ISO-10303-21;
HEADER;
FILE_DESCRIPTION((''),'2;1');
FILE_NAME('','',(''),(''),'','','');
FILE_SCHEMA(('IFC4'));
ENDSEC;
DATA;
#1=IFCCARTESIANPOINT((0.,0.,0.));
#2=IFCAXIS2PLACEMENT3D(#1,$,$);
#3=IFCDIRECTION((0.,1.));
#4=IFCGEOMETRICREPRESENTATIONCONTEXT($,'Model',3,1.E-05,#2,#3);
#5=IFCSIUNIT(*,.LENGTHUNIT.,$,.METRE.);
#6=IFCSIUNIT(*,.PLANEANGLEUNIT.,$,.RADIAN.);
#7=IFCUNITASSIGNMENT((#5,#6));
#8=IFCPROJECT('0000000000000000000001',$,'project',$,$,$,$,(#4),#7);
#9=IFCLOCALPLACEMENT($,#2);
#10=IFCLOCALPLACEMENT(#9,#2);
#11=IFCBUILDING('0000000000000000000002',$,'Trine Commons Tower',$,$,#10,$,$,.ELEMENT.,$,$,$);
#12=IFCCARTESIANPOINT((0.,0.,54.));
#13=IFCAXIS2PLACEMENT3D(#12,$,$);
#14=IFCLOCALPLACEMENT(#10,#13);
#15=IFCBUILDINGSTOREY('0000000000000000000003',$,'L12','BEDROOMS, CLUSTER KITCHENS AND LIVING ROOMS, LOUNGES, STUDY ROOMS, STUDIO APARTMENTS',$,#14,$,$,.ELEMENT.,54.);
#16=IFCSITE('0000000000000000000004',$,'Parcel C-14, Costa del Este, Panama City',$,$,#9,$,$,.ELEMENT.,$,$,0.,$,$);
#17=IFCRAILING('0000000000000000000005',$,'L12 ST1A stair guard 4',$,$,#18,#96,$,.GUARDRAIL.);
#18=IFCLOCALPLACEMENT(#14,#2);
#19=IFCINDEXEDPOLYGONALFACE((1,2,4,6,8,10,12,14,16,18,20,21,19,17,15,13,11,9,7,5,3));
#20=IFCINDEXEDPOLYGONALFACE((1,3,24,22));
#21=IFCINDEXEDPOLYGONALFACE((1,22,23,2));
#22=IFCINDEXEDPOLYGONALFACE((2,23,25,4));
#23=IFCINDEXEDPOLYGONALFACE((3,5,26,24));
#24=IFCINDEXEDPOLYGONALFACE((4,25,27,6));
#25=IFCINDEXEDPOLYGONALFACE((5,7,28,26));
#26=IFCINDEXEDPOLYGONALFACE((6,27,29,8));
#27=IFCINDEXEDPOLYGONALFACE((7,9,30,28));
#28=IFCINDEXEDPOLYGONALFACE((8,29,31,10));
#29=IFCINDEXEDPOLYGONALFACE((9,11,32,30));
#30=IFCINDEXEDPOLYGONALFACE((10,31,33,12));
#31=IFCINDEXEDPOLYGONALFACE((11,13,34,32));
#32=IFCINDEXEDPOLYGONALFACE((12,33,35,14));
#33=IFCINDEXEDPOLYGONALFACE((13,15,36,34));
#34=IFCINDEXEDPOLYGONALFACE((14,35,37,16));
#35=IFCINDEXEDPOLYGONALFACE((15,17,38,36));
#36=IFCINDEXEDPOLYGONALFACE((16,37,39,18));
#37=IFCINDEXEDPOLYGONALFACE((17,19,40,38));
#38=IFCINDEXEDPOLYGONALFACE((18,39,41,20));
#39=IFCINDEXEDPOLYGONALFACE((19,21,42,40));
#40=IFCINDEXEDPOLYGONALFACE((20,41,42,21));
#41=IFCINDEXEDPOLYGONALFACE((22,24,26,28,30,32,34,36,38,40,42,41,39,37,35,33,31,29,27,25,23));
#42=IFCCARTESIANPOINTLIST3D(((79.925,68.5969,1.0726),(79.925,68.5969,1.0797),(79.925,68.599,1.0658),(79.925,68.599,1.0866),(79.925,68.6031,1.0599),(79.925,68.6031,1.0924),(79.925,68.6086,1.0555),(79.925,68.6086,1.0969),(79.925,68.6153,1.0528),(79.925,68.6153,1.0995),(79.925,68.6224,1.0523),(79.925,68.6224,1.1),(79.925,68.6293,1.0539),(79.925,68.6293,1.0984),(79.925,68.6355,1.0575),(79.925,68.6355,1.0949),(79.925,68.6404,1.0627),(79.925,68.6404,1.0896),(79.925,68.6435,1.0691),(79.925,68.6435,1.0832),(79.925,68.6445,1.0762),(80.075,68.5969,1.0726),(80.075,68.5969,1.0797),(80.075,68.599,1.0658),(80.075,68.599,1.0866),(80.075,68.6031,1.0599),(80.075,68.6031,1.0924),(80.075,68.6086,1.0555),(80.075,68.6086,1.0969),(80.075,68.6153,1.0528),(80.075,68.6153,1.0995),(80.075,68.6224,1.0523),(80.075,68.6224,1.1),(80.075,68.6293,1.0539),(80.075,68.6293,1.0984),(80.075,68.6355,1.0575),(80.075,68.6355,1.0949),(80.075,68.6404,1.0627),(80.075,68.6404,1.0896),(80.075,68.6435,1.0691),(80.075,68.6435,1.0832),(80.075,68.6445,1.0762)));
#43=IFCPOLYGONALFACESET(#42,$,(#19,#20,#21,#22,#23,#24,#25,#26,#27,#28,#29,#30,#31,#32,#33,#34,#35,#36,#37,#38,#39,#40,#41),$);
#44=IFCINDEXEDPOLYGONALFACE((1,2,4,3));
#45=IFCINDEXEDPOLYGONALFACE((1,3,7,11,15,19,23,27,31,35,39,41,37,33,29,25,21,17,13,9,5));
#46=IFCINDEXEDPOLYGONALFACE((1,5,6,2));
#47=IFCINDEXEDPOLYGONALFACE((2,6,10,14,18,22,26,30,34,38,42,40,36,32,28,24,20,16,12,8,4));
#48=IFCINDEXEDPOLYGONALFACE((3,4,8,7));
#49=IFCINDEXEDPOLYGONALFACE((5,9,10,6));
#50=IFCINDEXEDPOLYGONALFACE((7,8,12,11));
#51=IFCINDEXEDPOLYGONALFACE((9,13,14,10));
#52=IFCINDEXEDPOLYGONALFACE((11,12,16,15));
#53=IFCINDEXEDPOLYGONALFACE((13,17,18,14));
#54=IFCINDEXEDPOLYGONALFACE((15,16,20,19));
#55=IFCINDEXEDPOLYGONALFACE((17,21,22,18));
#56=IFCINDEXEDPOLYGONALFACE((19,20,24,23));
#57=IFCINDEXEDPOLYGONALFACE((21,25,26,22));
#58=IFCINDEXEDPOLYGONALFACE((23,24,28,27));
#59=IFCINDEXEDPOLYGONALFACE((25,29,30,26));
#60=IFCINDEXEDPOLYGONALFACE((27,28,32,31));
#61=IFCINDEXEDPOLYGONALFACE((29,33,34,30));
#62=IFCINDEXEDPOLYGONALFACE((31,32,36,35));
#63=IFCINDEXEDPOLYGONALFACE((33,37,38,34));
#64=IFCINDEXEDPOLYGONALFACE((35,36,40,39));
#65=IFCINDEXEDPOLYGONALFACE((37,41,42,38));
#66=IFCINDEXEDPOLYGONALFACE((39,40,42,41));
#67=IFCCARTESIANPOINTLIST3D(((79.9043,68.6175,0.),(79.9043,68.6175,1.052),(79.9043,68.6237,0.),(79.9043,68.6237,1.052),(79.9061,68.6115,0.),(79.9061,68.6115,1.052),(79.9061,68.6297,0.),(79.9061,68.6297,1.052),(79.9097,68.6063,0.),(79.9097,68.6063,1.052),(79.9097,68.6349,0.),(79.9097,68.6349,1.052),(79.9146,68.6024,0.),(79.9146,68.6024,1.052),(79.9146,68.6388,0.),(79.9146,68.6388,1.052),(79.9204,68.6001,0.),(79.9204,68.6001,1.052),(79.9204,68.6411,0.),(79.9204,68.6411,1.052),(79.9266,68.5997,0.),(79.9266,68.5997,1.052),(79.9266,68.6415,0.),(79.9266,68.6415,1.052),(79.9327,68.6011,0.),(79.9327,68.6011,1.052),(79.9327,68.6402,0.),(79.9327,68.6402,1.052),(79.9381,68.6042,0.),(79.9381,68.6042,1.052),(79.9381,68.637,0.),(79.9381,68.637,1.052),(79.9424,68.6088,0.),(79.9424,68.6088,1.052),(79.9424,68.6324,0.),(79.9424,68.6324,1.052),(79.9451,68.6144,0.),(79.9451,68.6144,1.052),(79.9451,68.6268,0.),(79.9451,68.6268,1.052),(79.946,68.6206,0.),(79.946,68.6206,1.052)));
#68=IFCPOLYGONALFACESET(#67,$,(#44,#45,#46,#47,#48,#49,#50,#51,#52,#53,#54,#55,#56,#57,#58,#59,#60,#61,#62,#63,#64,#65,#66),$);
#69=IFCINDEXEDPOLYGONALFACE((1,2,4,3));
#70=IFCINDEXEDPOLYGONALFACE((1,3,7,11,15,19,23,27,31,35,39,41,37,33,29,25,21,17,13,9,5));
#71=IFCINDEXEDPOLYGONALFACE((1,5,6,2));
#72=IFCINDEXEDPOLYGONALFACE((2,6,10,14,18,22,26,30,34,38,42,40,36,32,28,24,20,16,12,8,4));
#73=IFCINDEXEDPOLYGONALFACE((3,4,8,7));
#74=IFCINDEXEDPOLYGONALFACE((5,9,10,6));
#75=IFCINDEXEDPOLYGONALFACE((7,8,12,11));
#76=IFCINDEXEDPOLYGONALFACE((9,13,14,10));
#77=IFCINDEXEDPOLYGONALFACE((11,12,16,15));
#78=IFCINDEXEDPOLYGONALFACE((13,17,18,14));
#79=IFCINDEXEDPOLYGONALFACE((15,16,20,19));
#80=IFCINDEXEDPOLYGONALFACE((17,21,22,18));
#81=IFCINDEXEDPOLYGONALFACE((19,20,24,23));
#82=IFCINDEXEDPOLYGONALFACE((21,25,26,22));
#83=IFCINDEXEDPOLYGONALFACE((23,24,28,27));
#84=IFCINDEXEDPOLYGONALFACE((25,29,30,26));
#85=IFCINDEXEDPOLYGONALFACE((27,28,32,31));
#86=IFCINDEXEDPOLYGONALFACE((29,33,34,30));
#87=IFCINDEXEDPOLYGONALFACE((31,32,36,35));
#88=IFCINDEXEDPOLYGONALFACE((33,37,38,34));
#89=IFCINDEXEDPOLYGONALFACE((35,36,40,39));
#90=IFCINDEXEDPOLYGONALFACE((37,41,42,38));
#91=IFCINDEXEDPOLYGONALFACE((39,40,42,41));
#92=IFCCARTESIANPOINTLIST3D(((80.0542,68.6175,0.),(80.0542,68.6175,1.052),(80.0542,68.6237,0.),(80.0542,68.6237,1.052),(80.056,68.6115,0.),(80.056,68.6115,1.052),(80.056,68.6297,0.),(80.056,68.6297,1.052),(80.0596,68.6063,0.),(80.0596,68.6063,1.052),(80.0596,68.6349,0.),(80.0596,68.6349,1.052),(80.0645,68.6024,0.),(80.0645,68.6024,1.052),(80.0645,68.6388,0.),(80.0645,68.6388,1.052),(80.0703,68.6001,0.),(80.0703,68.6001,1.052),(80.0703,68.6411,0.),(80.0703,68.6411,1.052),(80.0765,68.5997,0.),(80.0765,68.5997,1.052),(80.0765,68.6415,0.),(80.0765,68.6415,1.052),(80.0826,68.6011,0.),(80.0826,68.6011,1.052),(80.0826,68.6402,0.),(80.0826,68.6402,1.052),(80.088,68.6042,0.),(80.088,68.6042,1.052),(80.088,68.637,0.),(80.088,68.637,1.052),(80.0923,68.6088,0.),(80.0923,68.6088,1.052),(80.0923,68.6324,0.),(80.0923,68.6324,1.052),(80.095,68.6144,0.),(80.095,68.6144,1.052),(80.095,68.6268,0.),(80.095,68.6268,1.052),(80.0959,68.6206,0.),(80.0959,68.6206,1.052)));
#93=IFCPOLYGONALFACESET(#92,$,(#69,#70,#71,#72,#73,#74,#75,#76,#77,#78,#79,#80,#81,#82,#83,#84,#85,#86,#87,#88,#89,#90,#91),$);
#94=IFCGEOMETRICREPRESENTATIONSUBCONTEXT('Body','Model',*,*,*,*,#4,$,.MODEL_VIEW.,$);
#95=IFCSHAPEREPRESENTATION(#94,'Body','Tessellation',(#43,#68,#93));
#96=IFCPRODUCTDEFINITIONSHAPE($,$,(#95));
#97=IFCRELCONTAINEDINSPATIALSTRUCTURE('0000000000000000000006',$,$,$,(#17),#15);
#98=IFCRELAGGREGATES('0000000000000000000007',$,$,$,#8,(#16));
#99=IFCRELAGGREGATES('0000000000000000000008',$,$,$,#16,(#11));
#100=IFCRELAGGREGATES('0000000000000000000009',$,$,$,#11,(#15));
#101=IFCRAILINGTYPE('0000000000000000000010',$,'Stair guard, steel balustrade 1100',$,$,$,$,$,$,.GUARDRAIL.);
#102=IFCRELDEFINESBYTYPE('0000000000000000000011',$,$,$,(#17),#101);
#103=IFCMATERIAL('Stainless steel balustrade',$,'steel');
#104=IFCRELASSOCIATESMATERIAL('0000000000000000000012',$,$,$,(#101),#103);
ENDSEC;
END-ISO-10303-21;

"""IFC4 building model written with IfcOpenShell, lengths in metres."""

from ifc_helpers import new_model, si_unit, direction, frame, origin, origin_2d, place, context, subcontext, project, spatial, circle, extrude, material, type_object, element, save


model = new_model("IFC4")

# Units and contexts
model_context = context("Model", 3, precision=1e-05, world=origin(), true_north=direction((0.0, 1.0)))
body_context = subcontext(model_context, "Body", "Model", "MODEL_VIEW")
ifc_project = project(units=[si_unit("LENGTHUNIT", "METRE"), si_unit("PLANEANGLEUNIT", "RADIAN")], contexts=[model_context])

# Site, building, storey
site_placement = place(None, origin())
site = spatial("IfcSite", under=ifc_project, at=site_placement, Name="Parcel C-14, Costa del Este, Panama City", CompositionType="ELEMENT", RefElevation=0.0)
building_placement = place(site_placement, origin())
building = spatial("IfcBuilding", under=site, at=building_placement, Name="Trine Commons Tower", CompositionType="ELEMENT")
storey_placement = place(building_placement, frame((0.0, 0.0, 54.0)))
storey = spatial("IfcBuildingStorey", under=building, at=storey_placement, Name="L12", Description="BEDROOMS, CLUSTER KITCHENS AND LIVING ROOMS, LOUNGES, STUDY ROOMS, STUDIO APARTMENTS", CompositionType="ELEMENT", Elevation=54.0)

# Railing
ifc_material_1 = material(Name="Stainless steel balustrade", Category="steel")
railing_type_1 = type_object("IfcRailingType", Name="Stair guard, steel balustrade 1100", PredefinedType="GUARDRAIL", material=ifc_material_1)
railing_1_placement = place(storey_placement, frame((79.925, 68.6206, 0.0)))
element("IfcRailing", 1, at=railing_1_placement, inside=storey, type_object=railing_type_1, Name="L12 ST1A stair guard 4", PredefinedType="GUARDRAIL", context=body_context, shape_type="SweptSolid", body=[
    extrude(circle(Radius=0.0239, at=origin_2d()), frame((0.0, 0.0, 1.0762), z_axis=(1.0, 0.0, 0.0), x_axis=(0.0, 1.0, 0.0)), (0.0, 0.0, 1.0), 0.1499),
    extrude(circle(Radius=0.021, at=origin_2d()), origin(), (0.0, 0.0, 1.0), 1.052),
    extrude(circle(Radius=0.021, at=origin_2d()), frame((0.1499, 0.0, 0.0)), (0.0, 0.0, 1.0), 1.052),
])

save(model, "model.ifc")
